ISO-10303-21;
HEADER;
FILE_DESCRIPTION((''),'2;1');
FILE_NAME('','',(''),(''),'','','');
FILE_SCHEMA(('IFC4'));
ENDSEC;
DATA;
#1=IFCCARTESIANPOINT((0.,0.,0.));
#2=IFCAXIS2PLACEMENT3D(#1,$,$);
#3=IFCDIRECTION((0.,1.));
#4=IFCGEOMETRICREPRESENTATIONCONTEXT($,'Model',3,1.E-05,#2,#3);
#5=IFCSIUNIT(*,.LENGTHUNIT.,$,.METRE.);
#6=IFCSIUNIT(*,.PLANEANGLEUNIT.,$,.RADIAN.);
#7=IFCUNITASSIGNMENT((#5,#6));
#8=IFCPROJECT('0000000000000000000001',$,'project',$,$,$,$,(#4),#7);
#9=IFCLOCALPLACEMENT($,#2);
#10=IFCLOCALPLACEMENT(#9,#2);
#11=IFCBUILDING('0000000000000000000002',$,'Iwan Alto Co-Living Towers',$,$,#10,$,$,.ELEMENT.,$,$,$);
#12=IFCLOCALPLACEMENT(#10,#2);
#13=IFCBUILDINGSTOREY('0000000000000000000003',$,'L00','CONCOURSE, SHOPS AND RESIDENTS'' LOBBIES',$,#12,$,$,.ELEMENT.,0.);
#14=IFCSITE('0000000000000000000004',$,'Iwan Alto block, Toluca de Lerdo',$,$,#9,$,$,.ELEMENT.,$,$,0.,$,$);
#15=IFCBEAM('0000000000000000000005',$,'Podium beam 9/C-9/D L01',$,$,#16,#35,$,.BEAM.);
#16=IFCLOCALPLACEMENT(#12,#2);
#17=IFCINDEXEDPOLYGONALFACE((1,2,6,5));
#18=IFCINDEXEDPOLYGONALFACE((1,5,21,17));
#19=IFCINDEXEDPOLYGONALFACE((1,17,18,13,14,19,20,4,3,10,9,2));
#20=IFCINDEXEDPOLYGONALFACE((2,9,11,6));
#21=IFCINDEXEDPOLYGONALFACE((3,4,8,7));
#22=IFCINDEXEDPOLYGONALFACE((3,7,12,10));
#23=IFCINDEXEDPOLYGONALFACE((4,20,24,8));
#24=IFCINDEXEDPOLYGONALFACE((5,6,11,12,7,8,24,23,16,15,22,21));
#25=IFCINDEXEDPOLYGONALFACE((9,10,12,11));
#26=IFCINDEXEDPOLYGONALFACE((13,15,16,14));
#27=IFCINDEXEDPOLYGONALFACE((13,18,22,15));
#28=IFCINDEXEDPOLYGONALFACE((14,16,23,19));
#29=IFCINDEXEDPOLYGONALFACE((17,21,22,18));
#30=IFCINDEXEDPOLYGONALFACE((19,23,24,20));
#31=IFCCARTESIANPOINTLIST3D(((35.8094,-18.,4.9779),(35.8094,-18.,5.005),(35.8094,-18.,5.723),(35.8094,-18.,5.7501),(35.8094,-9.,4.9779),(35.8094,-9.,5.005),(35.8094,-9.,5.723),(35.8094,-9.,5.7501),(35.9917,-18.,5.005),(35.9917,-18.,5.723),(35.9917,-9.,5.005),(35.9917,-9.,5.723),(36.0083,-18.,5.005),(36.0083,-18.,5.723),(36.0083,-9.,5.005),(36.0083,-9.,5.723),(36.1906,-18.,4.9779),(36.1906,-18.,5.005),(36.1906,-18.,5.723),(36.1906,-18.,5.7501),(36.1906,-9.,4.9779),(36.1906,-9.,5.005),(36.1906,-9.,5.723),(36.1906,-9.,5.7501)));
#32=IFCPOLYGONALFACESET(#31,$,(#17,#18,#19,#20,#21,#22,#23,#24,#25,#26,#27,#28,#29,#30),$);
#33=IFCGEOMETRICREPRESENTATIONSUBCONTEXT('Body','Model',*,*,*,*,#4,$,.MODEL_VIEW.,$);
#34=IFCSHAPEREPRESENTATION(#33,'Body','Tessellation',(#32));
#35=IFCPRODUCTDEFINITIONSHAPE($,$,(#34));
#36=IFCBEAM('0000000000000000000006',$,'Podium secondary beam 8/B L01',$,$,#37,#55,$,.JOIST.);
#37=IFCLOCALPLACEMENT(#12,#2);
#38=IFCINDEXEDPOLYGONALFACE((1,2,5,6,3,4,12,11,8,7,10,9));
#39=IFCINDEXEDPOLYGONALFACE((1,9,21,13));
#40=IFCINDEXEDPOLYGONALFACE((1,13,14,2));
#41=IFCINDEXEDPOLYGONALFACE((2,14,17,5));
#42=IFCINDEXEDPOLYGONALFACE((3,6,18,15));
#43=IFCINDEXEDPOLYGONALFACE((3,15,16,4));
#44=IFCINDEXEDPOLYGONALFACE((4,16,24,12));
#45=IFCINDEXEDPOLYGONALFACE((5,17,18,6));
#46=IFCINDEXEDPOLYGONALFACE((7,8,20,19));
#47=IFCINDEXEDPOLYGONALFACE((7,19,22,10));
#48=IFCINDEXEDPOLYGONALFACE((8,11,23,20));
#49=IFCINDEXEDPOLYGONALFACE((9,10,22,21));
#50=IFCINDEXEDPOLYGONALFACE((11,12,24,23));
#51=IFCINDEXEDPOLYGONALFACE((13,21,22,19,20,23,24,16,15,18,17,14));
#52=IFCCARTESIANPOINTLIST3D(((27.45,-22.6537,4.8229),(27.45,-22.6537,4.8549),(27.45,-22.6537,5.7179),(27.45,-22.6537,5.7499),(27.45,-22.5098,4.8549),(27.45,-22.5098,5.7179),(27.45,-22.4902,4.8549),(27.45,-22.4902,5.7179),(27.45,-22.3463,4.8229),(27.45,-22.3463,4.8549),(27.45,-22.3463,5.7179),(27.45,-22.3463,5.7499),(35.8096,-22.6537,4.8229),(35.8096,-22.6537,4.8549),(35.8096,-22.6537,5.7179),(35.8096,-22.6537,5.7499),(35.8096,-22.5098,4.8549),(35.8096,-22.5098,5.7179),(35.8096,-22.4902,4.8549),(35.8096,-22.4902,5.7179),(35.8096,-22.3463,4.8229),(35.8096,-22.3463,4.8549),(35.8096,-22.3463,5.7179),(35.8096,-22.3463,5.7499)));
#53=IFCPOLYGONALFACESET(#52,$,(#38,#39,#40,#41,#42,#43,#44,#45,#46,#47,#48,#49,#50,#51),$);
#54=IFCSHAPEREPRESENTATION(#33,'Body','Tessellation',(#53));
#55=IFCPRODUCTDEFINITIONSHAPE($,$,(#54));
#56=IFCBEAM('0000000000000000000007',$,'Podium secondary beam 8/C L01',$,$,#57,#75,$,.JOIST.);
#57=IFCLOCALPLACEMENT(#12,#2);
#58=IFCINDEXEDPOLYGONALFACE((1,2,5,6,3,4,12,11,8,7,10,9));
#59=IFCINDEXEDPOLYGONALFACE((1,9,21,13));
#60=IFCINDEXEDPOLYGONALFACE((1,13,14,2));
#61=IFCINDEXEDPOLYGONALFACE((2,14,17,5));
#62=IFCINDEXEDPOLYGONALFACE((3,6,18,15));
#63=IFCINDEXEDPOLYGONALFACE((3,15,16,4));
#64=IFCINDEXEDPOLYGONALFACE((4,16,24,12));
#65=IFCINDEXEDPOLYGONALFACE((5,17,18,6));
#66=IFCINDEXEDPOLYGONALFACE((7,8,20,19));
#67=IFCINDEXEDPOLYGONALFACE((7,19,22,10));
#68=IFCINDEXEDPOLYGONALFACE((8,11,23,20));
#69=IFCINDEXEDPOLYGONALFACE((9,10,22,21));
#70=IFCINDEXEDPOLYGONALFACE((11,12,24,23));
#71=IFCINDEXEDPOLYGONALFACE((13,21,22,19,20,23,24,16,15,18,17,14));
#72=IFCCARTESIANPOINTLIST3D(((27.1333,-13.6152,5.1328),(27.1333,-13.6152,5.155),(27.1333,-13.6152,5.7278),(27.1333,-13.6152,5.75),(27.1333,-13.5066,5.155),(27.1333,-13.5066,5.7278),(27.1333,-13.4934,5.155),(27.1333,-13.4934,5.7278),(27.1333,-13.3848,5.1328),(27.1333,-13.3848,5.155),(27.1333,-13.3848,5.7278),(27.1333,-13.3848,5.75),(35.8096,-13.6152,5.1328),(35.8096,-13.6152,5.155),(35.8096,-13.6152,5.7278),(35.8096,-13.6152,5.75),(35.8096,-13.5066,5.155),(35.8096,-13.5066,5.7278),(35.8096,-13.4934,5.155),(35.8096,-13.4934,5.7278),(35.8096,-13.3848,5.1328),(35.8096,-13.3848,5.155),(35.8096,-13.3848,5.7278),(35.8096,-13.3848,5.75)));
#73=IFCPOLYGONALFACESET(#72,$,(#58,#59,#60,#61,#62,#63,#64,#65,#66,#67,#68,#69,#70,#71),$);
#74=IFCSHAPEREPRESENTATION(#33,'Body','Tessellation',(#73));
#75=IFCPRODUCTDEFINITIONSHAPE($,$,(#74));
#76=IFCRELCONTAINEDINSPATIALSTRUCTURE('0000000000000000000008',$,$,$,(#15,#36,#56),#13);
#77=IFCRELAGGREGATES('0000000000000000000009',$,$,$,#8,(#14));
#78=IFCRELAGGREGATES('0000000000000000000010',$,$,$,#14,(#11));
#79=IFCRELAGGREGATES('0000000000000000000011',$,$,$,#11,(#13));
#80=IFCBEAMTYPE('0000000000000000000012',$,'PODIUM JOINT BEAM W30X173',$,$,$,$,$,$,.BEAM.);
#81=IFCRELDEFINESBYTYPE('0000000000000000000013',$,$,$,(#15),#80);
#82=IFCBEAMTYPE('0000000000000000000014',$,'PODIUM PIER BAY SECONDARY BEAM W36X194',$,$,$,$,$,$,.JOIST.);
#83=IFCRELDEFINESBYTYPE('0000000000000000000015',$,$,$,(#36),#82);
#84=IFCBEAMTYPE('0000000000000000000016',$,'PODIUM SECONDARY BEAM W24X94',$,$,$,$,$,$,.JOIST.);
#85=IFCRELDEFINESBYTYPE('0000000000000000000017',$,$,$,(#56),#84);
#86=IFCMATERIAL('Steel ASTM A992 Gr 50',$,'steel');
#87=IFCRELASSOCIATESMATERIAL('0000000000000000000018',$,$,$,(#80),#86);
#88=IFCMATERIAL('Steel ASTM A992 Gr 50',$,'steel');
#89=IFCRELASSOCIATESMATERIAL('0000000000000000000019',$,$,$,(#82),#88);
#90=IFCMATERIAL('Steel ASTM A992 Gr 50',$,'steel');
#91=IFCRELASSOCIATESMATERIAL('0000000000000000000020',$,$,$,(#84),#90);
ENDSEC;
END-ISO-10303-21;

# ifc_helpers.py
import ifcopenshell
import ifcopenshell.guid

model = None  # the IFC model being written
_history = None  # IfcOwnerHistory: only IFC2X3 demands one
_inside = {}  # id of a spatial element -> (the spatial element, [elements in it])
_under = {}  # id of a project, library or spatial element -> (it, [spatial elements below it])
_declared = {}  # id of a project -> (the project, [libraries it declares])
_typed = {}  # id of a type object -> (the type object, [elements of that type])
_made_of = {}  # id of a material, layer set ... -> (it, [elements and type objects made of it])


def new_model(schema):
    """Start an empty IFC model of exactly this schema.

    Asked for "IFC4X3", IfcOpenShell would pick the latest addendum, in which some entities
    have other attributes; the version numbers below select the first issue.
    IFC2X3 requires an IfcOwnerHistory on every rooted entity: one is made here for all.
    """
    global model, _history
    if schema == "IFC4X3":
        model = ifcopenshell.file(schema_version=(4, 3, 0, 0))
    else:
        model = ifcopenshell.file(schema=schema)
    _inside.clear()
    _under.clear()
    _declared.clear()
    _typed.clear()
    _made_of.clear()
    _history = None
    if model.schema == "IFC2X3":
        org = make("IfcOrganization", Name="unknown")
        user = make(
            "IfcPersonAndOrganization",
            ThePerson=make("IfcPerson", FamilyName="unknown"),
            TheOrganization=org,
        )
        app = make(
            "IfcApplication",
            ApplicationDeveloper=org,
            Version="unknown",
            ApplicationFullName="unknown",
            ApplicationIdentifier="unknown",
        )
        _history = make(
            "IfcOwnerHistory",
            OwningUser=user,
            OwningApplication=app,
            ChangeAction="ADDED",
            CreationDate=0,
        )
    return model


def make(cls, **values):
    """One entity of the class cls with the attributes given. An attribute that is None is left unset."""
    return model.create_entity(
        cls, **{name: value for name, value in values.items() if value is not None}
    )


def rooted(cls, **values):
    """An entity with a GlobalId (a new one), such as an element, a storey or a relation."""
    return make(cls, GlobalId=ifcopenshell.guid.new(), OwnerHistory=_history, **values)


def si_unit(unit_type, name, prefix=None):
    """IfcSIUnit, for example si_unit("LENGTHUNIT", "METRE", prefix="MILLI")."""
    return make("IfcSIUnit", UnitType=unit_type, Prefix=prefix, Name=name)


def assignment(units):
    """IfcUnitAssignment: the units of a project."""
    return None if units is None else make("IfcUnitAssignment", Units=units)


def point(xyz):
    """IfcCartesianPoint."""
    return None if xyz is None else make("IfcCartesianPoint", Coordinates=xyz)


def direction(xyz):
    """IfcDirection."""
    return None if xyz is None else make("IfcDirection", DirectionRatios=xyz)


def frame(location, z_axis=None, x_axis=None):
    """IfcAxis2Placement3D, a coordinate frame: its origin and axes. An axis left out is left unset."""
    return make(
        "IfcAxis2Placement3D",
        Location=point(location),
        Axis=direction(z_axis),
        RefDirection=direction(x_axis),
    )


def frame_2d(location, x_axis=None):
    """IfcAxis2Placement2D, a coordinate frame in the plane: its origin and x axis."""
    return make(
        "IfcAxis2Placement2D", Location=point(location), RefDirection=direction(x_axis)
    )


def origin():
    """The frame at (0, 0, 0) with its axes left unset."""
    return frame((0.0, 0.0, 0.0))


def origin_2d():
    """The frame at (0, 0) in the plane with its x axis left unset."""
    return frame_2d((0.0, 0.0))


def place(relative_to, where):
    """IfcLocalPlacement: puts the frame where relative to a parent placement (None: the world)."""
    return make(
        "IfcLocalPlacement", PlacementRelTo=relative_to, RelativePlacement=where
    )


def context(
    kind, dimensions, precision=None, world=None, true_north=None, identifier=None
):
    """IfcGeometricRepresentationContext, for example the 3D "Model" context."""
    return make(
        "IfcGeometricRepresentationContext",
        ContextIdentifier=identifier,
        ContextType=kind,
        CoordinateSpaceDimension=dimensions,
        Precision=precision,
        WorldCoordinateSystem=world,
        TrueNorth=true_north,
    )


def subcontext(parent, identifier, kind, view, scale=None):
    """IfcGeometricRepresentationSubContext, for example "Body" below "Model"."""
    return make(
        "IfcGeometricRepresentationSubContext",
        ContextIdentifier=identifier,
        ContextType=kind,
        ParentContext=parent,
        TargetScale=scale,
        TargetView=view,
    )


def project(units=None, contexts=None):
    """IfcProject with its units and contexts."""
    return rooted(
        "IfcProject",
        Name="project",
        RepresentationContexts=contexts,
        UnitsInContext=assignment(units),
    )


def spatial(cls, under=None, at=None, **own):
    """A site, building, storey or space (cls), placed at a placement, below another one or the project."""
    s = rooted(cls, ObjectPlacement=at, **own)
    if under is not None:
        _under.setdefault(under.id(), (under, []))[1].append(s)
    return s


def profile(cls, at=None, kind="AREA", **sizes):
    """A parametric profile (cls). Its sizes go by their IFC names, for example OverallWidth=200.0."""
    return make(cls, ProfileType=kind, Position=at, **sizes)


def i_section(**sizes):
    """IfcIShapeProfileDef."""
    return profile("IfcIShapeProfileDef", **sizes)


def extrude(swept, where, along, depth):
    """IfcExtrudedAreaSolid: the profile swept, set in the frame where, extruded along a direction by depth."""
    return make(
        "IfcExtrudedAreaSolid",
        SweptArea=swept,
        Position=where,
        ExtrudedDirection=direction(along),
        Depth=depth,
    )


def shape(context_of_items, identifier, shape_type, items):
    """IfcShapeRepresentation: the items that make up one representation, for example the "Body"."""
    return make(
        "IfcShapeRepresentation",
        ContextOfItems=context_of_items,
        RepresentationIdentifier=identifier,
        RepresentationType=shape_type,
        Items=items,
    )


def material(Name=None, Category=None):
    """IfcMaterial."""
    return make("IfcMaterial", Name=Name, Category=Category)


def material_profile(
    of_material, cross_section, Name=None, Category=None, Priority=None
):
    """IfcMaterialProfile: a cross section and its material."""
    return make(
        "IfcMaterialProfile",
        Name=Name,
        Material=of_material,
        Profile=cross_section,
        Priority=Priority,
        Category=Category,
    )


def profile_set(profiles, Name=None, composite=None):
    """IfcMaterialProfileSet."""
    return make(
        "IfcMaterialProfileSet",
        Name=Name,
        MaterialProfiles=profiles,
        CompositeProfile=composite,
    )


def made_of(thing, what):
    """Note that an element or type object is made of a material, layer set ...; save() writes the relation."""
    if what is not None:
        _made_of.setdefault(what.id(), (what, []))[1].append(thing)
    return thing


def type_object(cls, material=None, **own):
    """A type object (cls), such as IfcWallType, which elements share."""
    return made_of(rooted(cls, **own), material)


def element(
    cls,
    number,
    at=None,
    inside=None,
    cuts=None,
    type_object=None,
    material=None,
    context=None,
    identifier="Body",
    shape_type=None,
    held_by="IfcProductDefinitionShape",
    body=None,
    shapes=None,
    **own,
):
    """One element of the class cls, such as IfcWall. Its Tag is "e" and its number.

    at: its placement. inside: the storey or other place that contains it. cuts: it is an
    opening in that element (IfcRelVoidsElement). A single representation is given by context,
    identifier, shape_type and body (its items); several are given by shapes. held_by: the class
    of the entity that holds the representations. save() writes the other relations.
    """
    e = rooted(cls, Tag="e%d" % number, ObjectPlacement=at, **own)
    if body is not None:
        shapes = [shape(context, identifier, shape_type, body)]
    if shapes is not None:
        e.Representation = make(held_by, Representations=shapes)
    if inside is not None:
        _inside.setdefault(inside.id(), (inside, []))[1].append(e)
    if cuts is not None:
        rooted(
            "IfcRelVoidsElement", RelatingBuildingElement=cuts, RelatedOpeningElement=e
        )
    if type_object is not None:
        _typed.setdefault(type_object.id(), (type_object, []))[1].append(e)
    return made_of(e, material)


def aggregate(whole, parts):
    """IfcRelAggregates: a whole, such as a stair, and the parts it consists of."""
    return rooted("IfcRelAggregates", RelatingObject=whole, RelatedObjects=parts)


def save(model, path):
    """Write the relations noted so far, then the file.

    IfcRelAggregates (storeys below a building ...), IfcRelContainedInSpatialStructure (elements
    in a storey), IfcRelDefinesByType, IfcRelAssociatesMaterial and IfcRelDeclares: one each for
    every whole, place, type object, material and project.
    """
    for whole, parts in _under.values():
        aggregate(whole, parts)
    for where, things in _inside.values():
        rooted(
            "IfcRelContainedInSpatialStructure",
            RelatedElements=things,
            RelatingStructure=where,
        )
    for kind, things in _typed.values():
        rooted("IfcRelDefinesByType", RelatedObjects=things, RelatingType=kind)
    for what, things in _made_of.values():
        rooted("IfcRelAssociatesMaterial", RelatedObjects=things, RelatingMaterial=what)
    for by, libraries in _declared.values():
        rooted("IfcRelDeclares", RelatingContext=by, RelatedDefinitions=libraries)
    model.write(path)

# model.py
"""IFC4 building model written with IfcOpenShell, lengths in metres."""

from ifc_helpers import new_model, si_unit, direction, frame, origin, origin_2d, place, context, subcontext, project, spatial, i_section, extrude, material, material_profile, profile_set, type_object, element, save


model = new_model("IFC4")

# Units and contexts
model_context = context("Model", 3, precision=1e-05, world=origin(), true_north=direction((0.0, 1.0)))
body_context = subcontext(model_context, "Body", "Model", "MODEL_VIEW")
ifc_project = project(units=[si_unit("LENGTHUNIT", "METRE"), si_unit("PLANEANGLEUNIT", "RADIAN")], contexts=[model_context])

# Site, building, storey
site_placement = place(None, origin())
site = spatial("IfcSite", under=ifc_project, at=site_placement, Name="Iwan Alto block, Toluca de Lerdo", CompositionType="ELEMENT", RefElevation=0.0)
building_placement = place(site_placement, origin())
building = spatial("IfcBuilding", under=site, at=building_placement, Name="Iwan Alto Co-Living Towers", CompositionType="ELEMENT")
storey_placement = place(building_placement, origin())
storey = spatial("IfcBuildingStorey", under=building, at=storey_placement, Name="L00", Description="CONCOURSE, SHOPS AND RESIDENTS' LOBBIES", CompositionType="ELEMENT", Elevation=0.0)

# Beams
ifc_material_1 = material(Name="Steel ASTM A992 Gr 50", Category="steel")
ifc_material_profile_1 = material_profile(ifc_material_1, i_section(OverallWidth=0.3811, OverallDepth=0.7722, WebThickness=0.0166, FlangeThickness=0.0271, at=origin_2d()), Name="W30X173")
ifc_profile_set_1 = profile_set([ifc_material_profile_1], Name="Steel ASTM A992 Gr 50")
beam_type_1 = type_object("IfcBeamType", Name="PODIUM JOINT BEAM W30X173", PredefinedType="BEAM", material=ifc_profile_set_1)
beam_1_placement = place(storey_placement, frame((36.0, -18.0, 5.364), z_axis=(0.0, 1.0, 0.0), x_axis=(-1.0, 0.0, 0.0)))
element("IfcBeam", 1, at=beam_1_placement, inside=storey, type_object=beam_type_1, Name="Podium beam 9/C-9/D L01", PredefinedType="BEAM", context=body_context, shape_type="SweptSolid", body=[
    extrude(i_section(OverallWidth=0.3811, OverallDepth=0.7722, WebThickness=0.0166, FlangeThickness=0.0271, at=origin_2d()), origin(), (0.0, 0.0, 1.0), 9.0),
])
ifc_material_2 = material(Name="Steel ASTM A992 Gr 50", Category="steel")
ifc_material_profile_2 = material_profile(ifc_material_2, i_section(OverallWidth=0.3074, OverallDepth=0.927, WebThickness=0.0195, FlangeThickness=0.032, at=origin_2d()), Name="W36X194")
ifc_profile_set_2 = profile_set([ifc_material_profile_2], Name="Steel ASTM A992 Gr 50")
beam_type_2 = type_object("IfcBeamType", Name="PODIUM PIER BAY SECONDARY BEAM W36X194", PredefinedType="JOIST", material=ifc_profile_set_2)
beam_2_placement = place(storey_placement, frame((27.45, -22.5, 5.2864), z_axis=(1.0, 0.0, 0.0), x_axis=(0.0, 1.0, 0.0)))
element("IfcBeam", 2, at=beam_2_placement, inside=storey, type_object=beam_type_2, Name="Podium secondary beam 8/B L01", PredefinedType="JOIST", context=body_context, shape_type="SweptSolid", body=[
    extrude(i_section(OverallWidth=0.3074, OverallDepth=0.927, WebThickness=0.0195, FlangeThickness=0.032, at=origin_2d()), origin(), (0.0, 0.0, 1.0), 8.3596),
])
ifc_material_3 = material(Name="Steel ASTM A992 Gr 50", Category="steel")
ifc_material_profile_3 = material_profile(ifc_material_3, i_section(OverallWidth=0.2305, OverallDepth=0.6172, WebThickness=0.0132, FlangeThickness=0.0222, at=origin_2d()), Name="W24X94")
ifc_profile_set_3 = profile_set([ifc_material_profile_3], Name="Steel ASTM A992 Gr 50")
beam_type_3 = type_object("IfcBeamType", Name="PODIUM SECONDARY BEAM W24X94", PredefinedType="JOIST", material=ifc_profile_set_3)
beam_3_placement = place(storey_placement, frame((27.1333, -13.5, 5.4414), z_axis=(1.0, 0.0, 0.0), x_axis=(0.0, 1.0, 0.0)))
element("IfcBeam", 3, at=beam_3_placement, inside=storey, type_object=beam_type_3, Name="Podium secondary beam 8/C L01", PredefinedType="JOIST", context=body_context, shape_type="SweptSolid", body=[
    extrude(i_section(OverallWidth=0.2305, OverallDepth=0.6172, WebThickness=0.0132, FlangeThickness=0.0222, at=origin_2d()), origin(), (0.0, 0.0, 1.0), 8.6763),
])

save(model, "model.ifc")
